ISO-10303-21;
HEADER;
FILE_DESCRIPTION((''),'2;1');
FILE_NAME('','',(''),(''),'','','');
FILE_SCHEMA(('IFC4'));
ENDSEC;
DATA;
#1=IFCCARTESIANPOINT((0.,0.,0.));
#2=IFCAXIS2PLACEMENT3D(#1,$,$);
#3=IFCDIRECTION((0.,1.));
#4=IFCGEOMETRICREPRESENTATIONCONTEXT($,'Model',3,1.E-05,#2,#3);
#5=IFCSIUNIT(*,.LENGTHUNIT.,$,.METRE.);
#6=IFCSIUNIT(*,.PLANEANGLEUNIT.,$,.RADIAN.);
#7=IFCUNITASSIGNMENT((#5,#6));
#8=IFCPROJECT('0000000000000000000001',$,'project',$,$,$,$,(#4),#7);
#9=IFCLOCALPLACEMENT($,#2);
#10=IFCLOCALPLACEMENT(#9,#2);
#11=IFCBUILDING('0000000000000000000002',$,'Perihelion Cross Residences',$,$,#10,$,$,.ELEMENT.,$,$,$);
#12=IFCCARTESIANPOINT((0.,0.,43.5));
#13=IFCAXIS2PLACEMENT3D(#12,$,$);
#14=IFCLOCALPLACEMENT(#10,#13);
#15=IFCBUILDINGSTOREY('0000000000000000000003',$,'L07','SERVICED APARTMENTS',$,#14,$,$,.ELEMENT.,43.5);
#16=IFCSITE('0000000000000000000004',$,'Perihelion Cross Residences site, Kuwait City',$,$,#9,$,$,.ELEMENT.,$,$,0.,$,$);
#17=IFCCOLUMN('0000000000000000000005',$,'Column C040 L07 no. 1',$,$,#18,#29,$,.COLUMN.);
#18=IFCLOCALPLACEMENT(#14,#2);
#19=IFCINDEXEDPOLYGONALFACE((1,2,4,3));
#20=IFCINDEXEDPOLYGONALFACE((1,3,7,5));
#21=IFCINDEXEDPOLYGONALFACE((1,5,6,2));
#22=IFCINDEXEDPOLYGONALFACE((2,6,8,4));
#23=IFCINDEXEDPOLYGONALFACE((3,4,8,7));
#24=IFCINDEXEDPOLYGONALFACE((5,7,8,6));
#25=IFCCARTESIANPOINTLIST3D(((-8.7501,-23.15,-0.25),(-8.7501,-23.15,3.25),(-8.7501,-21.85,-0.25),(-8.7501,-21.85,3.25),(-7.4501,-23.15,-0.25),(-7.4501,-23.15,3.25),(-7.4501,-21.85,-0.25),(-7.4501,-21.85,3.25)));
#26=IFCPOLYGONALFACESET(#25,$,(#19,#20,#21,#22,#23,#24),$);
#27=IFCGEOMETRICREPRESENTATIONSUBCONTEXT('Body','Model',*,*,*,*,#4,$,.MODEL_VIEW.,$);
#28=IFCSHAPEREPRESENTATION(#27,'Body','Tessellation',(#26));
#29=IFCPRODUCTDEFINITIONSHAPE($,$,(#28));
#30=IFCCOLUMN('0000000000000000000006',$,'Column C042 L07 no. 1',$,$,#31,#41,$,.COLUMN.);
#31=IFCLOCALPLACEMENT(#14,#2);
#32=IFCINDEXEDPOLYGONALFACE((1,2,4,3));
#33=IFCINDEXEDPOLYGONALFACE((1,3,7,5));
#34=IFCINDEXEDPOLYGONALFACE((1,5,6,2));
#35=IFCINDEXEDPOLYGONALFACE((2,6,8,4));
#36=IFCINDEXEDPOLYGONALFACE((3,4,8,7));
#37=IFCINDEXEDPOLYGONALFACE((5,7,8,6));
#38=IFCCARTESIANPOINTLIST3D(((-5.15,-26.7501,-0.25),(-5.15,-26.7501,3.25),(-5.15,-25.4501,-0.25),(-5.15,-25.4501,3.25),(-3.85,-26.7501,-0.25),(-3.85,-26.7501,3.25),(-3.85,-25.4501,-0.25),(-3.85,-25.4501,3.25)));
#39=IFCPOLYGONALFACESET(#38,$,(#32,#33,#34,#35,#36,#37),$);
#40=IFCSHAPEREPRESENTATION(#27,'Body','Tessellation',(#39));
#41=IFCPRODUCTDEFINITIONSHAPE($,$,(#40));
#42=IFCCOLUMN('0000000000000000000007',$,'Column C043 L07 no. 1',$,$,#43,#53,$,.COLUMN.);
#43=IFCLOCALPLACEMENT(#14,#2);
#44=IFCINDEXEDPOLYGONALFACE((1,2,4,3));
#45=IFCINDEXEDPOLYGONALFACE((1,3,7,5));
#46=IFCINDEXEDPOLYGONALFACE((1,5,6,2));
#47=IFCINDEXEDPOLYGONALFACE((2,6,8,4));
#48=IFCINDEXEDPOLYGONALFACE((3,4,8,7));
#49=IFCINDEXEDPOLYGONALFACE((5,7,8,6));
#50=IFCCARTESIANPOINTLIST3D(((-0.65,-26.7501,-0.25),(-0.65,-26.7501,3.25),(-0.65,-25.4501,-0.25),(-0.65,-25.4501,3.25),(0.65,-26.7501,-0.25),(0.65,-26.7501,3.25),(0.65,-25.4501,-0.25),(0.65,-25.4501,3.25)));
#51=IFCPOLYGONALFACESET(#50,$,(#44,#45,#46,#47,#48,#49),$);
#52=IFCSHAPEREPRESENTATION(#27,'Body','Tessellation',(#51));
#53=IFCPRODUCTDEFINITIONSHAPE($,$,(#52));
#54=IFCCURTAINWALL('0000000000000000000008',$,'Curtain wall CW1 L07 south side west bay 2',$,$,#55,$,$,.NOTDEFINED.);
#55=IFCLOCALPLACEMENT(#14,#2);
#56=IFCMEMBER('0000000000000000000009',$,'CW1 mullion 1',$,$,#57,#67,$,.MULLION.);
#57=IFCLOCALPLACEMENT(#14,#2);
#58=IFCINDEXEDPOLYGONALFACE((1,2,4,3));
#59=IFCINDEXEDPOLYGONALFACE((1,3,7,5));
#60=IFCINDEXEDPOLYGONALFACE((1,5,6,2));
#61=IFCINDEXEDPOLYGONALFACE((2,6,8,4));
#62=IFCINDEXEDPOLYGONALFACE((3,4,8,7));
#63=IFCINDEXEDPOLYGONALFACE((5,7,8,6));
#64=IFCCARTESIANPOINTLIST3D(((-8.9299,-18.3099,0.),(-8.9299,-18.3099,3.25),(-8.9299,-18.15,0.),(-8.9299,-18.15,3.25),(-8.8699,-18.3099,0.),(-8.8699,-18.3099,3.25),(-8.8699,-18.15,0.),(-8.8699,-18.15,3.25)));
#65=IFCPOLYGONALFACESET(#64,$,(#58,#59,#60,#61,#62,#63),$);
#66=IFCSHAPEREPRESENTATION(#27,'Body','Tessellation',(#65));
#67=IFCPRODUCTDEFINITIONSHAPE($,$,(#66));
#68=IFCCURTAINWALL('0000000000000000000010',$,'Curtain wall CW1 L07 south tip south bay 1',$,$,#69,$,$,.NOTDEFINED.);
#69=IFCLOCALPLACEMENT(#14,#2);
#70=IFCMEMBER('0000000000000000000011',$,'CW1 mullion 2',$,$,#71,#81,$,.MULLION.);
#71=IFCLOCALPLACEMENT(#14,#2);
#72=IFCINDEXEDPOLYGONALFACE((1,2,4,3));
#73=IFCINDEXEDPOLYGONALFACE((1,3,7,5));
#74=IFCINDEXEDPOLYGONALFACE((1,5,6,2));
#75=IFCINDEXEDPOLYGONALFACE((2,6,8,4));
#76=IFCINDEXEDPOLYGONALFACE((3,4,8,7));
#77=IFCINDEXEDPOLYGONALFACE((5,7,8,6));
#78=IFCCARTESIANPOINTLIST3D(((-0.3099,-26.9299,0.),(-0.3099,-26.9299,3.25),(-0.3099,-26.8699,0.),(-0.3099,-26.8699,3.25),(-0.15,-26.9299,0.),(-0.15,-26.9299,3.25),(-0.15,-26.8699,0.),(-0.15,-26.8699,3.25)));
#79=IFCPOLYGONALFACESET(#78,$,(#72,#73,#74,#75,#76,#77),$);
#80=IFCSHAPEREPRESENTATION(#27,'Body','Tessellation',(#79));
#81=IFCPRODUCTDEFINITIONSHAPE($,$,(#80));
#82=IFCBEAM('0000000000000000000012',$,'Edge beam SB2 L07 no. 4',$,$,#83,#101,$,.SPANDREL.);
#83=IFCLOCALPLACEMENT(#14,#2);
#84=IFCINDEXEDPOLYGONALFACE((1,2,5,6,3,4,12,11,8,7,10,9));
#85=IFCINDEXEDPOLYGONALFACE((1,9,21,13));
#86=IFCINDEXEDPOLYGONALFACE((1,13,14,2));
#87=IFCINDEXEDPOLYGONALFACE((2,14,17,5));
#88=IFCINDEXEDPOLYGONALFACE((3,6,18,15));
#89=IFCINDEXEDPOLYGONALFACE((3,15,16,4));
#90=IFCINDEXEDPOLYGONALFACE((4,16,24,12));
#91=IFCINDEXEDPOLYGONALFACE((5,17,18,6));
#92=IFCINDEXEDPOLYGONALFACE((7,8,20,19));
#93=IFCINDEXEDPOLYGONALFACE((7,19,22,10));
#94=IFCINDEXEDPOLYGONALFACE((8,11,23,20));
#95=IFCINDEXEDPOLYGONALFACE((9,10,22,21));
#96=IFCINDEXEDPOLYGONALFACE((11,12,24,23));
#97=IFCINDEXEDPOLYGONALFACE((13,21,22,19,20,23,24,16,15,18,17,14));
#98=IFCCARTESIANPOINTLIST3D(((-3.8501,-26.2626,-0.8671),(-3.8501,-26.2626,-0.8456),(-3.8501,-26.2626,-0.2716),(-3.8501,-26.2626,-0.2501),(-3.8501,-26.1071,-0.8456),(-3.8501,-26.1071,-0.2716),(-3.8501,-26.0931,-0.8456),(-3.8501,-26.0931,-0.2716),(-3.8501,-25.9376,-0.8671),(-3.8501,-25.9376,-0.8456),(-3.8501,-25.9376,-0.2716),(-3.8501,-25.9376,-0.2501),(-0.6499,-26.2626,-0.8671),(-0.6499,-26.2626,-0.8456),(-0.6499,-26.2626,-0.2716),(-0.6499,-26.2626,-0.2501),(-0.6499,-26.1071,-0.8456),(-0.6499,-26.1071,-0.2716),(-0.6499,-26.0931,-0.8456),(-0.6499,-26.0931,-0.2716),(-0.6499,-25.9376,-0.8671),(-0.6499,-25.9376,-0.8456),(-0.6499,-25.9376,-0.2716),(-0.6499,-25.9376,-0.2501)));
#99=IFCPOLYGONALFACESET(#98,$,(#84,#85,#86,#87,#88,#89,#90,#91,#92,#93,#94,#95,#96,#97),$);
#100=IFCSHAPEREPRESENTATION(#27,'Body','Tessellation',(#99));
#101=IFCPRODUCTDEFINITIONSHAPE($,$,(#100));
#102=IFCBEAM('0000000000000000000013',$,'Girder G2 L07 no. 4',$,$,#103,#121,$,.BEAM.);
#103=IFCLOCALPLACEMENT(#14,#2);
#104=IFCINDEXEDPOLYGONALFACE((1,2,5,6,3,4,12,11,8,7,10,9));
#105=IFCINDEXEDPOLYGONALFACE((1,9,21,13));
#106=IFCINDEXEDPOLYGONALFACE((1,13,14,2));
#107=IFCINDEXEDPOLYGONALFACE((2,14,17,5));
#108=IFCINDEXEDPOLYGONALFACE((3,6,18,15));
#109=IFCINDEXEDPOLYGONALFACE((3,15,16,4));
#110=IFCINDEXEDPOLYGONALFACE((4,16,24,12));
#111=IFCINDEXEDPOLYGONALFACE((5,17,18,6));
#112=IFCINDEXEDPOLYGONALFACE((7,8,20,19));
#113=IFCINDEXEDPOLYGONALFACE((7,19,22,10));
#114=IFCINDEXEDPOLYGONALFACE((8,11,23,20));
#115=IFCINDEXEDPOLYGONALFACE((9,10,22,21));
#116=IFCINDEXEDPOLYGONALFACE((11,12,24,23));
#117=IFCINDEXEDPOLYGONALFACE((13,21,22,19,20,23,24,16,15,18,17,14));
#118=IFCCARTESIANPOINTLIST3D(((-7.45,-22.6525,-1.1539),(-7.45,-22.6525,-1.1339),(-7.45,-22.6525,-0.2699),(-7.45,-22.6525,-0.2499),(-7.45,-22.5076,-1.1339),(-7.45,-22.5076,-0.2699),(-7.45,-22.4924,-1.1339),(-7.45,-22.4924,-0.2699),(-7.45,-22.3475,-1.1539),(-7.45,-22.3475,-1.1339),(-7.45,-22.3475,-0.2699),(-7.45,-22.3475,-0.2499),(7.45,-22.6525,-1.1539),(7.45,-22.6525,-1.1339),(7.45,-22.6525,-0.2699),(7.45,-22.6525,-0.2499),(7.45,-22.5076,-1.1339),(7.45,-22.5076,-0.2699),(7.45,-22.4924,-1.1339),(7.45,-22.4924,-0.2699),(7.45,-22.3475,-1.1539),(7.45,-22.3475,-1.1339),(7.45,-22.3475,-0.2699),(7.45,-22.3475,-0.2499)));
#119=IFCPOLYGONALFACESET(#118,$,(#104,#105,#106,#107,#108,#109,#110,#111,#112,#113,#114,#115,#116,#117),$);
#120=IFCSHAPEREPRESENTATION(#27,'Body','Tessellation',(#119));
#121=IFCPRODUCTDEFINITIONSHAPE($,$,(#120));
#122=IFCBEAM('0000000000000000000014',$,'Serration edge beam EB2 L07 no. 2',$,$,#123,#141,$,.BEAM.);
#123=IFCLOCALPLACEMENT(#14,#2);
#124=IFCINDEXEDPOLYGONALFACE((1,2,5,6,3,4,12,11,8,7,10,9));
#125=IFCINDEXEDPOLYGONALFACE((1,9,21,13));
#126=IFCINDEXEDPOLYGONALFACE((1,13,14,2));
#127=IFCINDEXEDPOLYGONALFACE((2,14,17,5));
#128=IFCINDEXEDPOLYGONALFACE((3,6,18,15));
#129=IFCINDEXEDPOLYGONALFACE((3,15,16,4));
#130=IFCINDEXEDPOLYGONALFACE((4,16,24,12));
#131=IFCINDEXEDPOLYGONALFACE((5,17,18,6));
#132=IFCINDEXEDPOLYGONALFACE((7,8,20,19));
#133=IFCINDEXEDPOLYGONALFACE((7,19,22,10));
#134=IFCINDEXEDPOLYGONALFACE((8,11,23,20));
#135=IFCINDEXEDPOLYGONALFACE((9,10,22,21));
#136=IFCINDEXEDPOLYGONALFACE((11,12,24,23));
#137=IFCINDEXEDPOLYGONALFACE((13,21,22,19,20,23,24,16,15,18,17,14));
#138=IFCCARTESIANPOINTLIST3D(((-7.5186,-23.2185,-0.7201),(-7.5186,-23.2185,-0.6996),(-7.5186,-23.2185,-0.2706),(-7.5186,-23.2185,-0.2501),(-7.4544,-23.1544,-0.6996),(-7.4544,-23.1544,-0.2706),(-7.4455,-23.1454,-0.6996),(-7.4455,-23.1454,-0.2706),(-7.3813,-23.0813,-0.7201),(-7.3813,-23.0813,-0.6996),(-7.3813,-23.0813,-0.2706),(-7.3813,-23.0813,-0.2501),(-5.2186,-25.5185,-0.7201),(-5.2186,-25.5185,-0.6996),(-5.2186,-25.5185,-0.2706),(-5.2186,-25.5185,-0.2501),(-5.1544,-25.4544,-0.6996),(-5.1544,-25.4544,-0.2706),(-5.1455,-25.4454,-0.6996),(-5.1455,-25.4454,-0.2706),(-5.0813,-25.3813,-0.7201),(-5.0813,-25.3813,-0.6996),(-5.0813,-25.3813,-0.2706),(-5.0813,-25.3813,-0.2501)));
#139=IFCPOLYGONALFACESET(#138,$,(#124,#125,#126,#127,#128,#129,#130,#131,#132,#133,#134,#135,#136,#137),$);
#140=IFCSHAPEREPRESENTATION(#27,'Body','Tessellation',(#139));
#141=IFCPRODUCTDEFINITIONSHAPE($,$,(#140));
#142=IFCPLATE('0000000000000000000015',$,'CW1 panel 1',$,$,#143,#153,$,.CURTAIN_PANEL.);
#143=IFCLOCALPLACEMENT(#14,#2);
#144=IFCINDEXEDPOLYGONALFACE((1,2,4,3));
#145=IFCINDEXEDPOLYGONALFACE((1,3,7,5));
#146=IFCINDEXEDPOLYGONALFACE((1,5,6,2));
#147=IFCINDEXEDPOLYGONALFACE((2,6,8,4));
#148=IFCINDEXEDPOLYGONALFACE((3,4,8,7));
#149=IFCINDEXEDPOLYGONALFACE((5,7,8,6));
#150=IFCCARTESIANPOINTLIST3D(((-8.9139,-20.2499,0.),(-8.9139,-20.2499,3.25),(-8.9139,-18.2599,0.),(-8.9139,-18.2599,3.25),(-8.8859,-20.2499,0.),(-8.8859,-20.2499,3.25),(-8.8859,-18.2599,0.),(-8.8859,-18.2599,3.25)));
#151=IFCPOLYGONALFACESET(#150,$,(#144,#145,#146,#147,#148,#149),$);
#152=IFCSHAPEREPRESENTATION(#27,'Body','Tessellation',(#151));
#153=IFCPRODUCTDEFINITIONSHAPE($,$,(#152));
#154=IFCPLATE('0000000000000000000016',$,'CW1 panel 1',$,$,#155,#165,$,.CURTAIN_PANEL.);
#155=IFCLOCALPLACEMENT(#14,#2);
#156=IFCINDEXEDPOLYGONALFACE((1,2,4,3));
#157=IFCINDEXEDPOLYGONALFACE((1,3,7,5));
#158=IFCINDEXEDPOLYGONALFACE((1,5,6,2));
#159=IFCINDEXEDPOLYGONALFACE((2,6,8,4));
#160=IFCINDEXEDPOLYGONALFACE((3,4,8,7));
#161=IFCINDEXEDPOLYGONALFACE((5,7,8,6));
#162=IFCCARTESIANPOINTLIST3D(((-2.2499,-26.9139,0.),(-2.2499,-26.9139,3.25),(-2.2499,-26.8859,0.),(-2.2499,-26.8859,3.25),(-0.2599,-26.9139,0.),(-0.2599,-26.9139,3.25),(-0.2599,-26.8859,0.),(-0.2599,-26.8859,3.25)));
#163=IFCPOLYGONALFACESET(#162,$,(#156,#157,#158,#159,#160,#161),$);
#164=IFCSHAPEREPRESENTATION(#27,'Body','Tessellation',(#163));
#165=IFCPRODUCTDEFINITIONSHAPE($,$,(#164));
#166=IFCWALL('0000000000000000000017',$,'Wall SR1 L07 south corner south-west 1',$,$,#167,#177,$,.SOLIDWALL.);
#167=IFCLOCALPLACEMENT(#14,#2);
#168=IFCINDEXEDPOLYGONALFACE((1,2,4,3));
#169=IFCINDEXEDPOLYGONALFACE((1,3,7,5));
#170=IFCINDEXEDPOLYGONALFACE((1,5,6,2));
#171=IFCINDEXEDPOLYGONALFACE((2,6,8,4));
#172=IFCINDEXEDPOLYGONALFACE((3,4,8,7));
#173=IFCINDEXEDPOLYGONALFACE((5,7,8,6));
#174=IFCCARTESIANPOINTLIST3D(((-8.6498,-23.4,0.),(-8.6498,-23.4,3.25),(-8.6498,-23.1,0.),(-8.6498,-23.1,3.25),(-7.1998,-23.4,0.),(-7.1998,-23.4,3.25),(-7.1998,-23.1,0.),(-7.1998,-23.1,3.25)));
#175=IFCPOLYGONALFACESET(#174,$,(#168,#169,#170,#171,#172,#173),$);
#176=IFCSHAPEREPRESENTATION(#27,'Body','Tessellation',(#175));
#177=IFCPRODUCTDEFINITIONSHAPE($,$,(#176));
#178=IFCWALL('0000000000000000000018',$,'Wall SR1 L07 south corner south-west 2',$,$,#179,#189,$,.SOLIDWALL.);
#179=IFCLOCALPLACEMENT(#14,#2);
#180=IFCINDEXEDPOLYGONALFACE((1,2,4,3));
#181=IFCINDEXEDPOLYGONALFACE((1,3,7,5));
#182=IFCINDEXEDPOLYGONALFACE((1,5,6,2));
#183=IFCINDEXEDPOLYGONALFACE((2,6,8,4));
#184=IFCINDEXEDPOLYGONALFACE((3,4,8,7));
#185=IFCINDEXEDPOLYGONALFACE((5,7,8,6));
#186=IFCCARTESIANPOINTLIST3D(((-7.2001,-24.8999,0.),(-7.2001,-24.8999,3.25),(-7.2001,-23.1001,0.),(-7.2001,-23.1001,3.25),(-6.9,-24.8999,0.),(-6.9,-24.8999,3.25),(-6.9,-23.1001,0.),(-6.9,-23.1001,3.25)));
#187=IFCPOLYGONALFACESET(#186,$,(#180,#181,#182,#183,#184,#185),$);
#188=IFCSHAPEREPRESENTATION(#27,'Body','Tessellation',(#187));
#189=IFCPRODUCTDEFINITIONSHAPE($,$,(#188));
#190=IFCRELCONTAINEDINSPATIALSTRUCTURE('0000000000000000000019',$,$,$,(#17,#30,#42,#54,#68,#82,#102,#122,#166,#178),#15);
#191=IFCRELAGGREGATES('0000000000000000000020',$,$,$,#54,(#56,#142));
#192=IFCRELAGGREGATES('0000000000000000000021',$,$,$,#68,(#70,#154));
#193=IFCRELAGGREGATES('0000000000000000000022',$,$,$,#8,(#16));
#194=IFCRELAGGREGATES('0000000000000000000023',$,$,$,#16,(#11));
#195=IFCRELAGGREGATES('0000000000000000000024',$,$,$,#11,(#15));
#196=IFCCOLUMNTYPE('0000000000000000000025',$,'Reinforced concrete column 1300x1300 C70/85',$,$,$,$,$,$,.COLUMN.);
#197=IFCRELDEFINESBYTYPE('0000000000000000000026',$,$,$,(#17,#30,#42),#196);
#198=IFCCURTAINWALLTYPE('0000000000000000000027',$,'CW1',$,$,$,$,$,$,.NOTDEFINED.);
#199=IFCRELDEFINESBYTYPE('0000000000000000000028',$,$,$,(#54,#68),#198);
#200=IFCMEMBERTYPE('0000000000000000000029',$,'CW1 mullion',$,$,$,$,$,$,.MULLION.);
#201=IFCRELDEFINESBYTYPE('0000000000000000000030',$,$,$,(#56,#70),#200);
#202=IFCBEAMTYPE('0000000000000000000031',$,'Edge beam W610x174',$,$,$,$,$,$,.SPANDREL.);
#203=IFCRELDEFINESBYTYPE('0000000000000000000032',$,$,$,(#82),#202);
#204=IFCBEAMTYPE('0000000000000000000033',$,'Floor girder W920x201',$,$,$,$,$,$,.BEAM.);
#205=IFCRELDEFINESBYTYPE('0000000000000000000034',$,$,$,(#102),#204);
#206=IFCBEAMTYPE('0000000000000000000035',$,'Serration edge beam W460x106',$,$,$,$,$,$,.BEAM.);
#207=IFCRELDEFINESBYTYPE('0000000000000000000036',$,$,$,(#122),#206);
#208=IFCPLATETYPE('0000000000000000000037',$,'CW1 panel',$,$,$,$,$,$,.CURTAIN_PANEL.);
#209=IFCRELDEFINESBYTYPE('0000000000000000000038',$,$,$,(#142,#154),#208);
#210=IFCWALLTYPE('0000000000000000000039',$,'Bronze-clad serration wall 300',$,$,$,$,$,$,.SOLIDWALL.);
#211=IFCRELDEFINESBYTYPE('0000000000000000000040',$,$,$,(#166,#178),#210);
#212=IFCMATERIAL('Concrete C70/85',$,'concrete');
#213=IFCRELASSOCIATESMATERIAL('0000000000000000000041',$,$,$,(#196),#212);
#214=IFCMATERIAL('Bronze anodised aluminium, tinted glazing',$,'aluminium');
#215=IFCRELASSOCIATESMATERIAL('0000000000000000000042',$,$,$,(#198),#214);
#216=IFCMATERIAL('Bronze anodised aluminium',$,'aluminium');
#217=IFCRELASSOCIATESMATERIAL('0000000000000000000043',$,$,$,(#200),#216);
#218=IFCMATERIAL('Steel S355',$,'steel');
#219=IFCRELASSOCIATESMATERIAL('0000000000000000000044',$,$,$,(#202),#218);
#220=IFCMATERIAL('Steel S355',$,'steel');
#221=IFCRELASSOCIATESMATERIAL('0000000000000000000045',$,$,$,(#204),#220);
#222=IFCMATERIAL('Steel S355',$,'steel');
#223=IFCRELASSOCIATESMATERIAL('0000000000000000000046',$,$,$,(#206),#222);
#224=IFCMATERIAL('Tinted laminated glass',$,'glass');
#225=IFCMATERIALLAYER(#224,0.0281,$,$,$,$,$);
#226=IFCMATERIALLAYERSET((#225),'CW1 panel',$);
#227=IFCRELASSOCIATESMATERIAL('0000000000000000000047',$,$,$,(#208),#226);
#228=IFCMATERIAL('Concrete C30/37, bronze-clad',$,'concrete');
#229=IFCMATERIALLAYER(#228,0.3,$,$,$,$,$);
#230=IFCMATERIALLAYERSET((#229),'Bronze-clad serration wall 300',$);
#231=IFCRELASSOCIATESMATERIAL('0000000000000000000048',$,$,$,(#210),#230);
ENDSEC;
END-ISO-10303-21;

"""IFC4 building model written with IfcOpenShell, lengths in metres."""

from ifc_helpers import new_model, si_unit, direction, frame, frame_2d, origin, origin_2d, place, context, subcontext, project, spatial, rectangle, i_section, extrude, material, layer, layer_set, material_profile, profile_set, type_object, element, aggregate, save


model = new_model("IFC4")

# Units and contexts
model_context = context("Model", 3, precision=1e-05, world=origin(), true_north=direction((0.0, 1.0)))
body_context = subcontext(model_context, "Body", "Model", "MODEL_VIEW")
ifc_project = project(units=[si_unit("LENGTHUNIT", "METRE"), si_unit("PLANEANGLEUNIT", "RADIAN")], contexts=[model_context])

# Site, building, storey
site_placement = place(None, origin())
site = spatial("IfcSite", under=ifc_project, at=site_placement, Name="Perihelion Cross Residences site, Kuwait City", CompositionType="ELEMENT", RefElevation=0.0)
building_placement = place(site_placement, origin())
building = spatial("IfcBuilding", under=site, at=building_placement, Name="Perihelion Cross Residences", CompositionType="ELEMENT")
storey_placement = place(building_placement, frame((0.0, 0.0, 43.5)))
storey = spatial("IfcBuildingStorey", under=building, at=storey_placement, Name="L07", Description="SERVICED APARTMENTS", CompositionType="ELEMENT", Elevation=43.5)

# Columns
ifc_material_1 = material(Name="Concrete C70/85", Category="concrete")
ifc_material_profile_1 = material_profile(ifc_material_1, rectangle(XDim=1.3, YDim=1.3, at=origin_2d()), Name="RC 1300x1300")
ifc_profile_set_1 = profile_set([ifc_material_profile_1], Name="Concrete C70/85")
column_type = type_object("IfcColumnType", Name="Reinforced concrete column 1300x1300 C70/85", PredefinedType="COLUMN", material=ifc_profile_set_1)
for number, where, z_axis, x_axis, name in (
    (1, (-8.1001, -22.5, -0.25), (0.0, 0.0, 1.0), (1.0, 0.0, 0.0), "Column C040 L07 no. 1"),
    (2, (-4.5, -26.1001, -0.25), (0.0, 0.0, 1.0), (1.0, 0.0, 0.0), "Column C042 L07 no. 1"),
    (3, (0.0, -26.1001, -0.25), (0.0, 0.0, 1.0), (1.0, 0.0, 0.0), "Column C043 L07 no. 1"),
):
    element("IfcColumn", number, at=place(storey_placement, frame(where, z_axis=z_axis, x_axis=x_axis)), inside=storey, type_object=column_type, Name=name, PredefinedType="COLUMN", context=body_context, shape_type="SweptSolid", body=[
        extrude(rectangle(XDim=1.3, YDim=1.3, at=origin_2d()), origin(), (0.0, 0.0, 1.0), 3.5),
    ])

# Curtain walls, members
ifc_material_2 = material(Name="Bronze anodised aluminium, tinted glazing", Category="aluminium")
curtain_wall_type = type_object("IfcCurtainWallType", Name="CW1", PredefinedType="NOTDEFINED", material=ifc_material_2)
curtain_wall_1_placement = place(storey_placement, origin())
curtain_wall_1 = element("IfcCurtainWall", 4, at=curtain_wall_1_placement, inside=storey, type_object=curtain_wall_type, Name="Curtain wall CW1 L07 south side west bay 2", PredefinedType="NOTDEFINED")
ifc_material_3 = material(Name="Bronze anodised aluminium", Category="aluminium")
ifc_material_profile_2 = material_profile(ifc_material_3, rectangle(XDim=0.0601, YDim=0.1599, at=origin_2d()), Name="CW1 mullion")
ifc_profile_set_2 = profile_set([ifc_material_profile_2], Name="Bronze anodised aluminium")
member_type = type_object("IfcMemberType", Name="CW1 mullion", PredefinedType="MULLION", material=ifc_profile_set_2)
member_1_placement = place(storey_placement, frame((-8.8999, -18.23, 0.0), z_axis=(0.0, 0.0, 1.0), x_axis=(1.0, 0.0, 0.0)))
member_1 = element("IfcMember", 5, at=member_1_placement, type_object=member_type, Name="CW1 mullion 1", PredefinedType="MULLION", context=body_context, shape_type="SweptSolid", body=[
    extrude(rectangle(XDim=0.0601, YDim=0.1599, at=origin_2d()), origin(), (0.0, 0.0, 1.0), 3.25),
])
curtain_wall_2_placement = place(storey_placement, origin())
curtain_wall_2 = element("IfcCurtainWall", 6, at=curtain_wall_2_placement, inside=storey, type_object=curtain_wall_type, Name="Curtain wall CW1 L07 south tip south bay 1", PredefinedType="NOTDEFINED")
member_2_placement = place(storey_placement, frame((-0.23, -26.8999, 0.0), z_axis=(0.0, 0.0, 1.0), x_axis=(0.0, 1.0, 0.0)))
member_2 = element("IfcMember", 7, at=member_2_placement, type_object=member_type, Name="CW1 mullion 2", PredefinedType="MULLION", context=body_context, shape_type="SweptSolid", body=[
    extrude(rectangle(XDim=0.0601, YDim=0.1599, at=origin_2d()), origin(), (0.0, 0.0, 1.0), 3.25),
])

# Beams
ifc_material_4 = material(Name="Steel S355", Category="steel")
ifc_material_profile_3 = material_profile(ifc_material_4, i_section(OverallWidth=0.325, OverallDepth=0.6169, WebThickness=0.0139, FlangeThickness=0.0215, at=origin_2d()), Name="W610x174")
ifc_profile_set_3 = profile_set([ifc_material_profile_3], Name="Steel S355")
beam_type_1 = type_object("IfcBeamType", Name="Edge beam W610x174", PredefinedType="SPANDREL", material=ifc_profile_set_3)
beam_1_placement = place(storey_placement, frame((-3.8501, -26.1001, -0.5586), z_axis=(1.0, 0.0, 0.0), x_axis=(0.0, 1.0, 0.0)))
element("IfcBeam", 8, at=beam_1_placement, inside=storey, type_object=beam_type_1, Name="Edge beam SB2 L07 no. 4", PredefinedType="SPANDREL", context=body_context, shape_type="SweptSolid", body=[
    extrude(i_section(OverallWidth=0.325, OverallDepth=0.6169, WebThickness=0.0139, FlangeThickness=0.0215, at=origin_2d()), origin(), (0.0, 0.0, 1.0), 3.2002),
])
ifc_material_5 = material(Name="Steel S355", Category="steel")
ifc_material_profile_4 = material_profile(ifc_material_5, i_section(OverallWidth=0.3049, OverallDepth=0.9041, WebThickness=0.0151, FlangeThickness=0.02, at=origin_2d()), Name="W920x201")
ifc_profile_set_4 = profile_set([ifc_material_profile_4], Name="Steel S355")
beam_type_2 = type_object("IfcBeamType", Name="Floor girder W920x201", PredefinedType="BEAM", material=ifc_profile_set_4)
beam_2_placement = place(storey_placement, frame((-7.45, -22.5, -0.7019), z_axis=(1.0, 0.0, 0.0), x_axis=(0.0, 1.0, 0.0)))
element("IfcBeam", 9, at=beam_2_placement, inside=storey, type_object=beam_type_2, Name="Girder G2 L07 no. 4", PredefinedType="BEAM", context=body_context, shape_type="SweptSolid", body=[
    extrude(i_section(OverallWidth=0.3049, OverallDepth=0.9041, WebThickness=0.0151, FlangeThickness=0.02, at=origin_2d()), origin(), (0.0, 0.0, 1.0), 14.8999),
])
ifc_material_6 = material(Name="Steel S355", Category="steel")
ifc_material_profile_5 = material_profile(ifc_material_6, i_section(OverallWidth=0.1941, OverallDepth=0.47, WebThickness=0.0127, FlangeThickness=0.0205, at=origin_2d()), Name="W460x106")
ifc_profile_set_5 = profile_set([ifc_material_profile_5], Name="Steel S355")
beam_type_3 = type_object("IfcBeamType", Name="Serration edge beam W460x106", PredefinedType="BEAM", material=ifc_profile_set_5)
beam_3_placement = place(storey_placement, frame((-7.45, -23.1499, -0.4851), z_axis=(0.707107, -0.707107, 0.0), x_axis=(0.707107, 0.707107, 0.0)))
element("IfcBeam", 10, at=beam_3_placement, inside=storey, type_object=beam_type_3, Name="Serration edge beam EB2 L07 no. 2", PredefinedType="BEAM", context=body_context, shape_type="SweptSolid", body=[
    extrude(i_section(OverallWidth=0.1941, OverallDepth=0.47, WebThickness=0.0127, FlangeThickness=0.0205, at=origin_2d()), origin(), (0.0, 0.0, 1.0), 3.2527),
])

# Plates
ifc_material_7 = material(Name="Tinted laminated glass", Category="glass")
ifc_layer_1 = layer(ifc_material_7, 0.0281)
ifc_layer_set_1 = layer_set([ifc_layer_1], Name="CW1 panel")
plate_type = type_object("IfcPlateType", Name="CW1 panel", PredefinedType="CURTAIN_PANEL", material=ifc_layer_set_1)
plate_1_placement = place(storey_placement, frame((-8.8999, -19.2549, 0.0), z_axis=(0.0, 0.0, 1.0), x_axis=(0.0, -1.0, 0.0)))
plate_1 = element("IfcPlate", 11, at=plate_1_placement, type_object=plate_type, Name="CW1 panel 1", PredefinedType="CURTAIN_PANEL", context=body_context, shape_type="SweptSolid", body=[
    extrude(rectangle(XDim=1.99, YDim=0.0281, at=origin_2d()), origin(), (0.0, 0.0, 1.0), 3.25),
])
aggregate(curtain_wall_1, [member_1, plate_1])
plate_2_placement = place(storey_placement, frame((-1.2549, -26.8999, 0.0), z_axis=(0.0, 0.0, 1.0), x_axis=(1.0, 0.0, 0.0)))
plate_2 = element("IfcPlate", 12, at=plate_2_placement, type_object=plate_type, Name="CW1 panel 1", PredefinedType="CURTAIN_PANEL", context=body_context, shape_type="SweptSolid", body=[
    extrude(rectangle(XDim=1.99, YDim=0.0281, at=origin_2d()), origin(), (0.0, 0.0, 1.0), 3.25),
])
aggregate(curtain_wall_2, [member_2, plate_2])

# Walls
ifc_material_8 = material(Name="Concrete C30/37, bronze-clad", Category="concrete")
ifc_layer_2 = layer(ifc_material_8, 0.3)
ifc_layer_set_2 = layer_set([ifc_layer_2], Name="Bronze-clad serration wall 300")
wall_type_1 = type_object("IfcWallType", Name="Bronze-clad serration wall 300", PredefinedType="SOLIDWALL", material=ifc_layer_set_2)
wall_1_placement = place(storey_placement, frame((-8.6499, -23.25, 0.0), z_axis=(0.0, 0.0, 1.0), x_axis=(1.0, 0.0, 0.0)))
element("IfcWall", 13, at=wall_1_placement, inside=storey, type_object=wall_type_1, Name="Wall SR1 L07 south corner south-west 1", PredefinedType="SOLIDWALL", context=body_context, shape_type="SweptSolid", body=[
    extrude(rectangle(XDim=1.45, YDim=0.3, at=frame_2d((0.7251, 0.0))), origin(), (0.0, 0.0, 1.0), 3.25),
])
wall_2_placement = place(storey_placement, frame((-7.05, -23.1001, 0.0), z_axis=(0.0, 0.0, 1.0), x_axis=(0.0, -1.0, 0.0)))
element("IfcWall", 14, at=wall_2_placement, inside=storey, type_object=wall_type_1, Name="Wall SR1 L07 south corner south-west 2", PredefinedType="SOLIDWALL", context=body_context, shape_type="SweptSolid", body=[
    extrude(rectangle(XDim=1.7998, YDim=0.3, at=frame_2d((0.8999, 0.0))), origin(), (0.0, 0.0, 1.0), 3.25),
])

save(model, "model.ifc")
